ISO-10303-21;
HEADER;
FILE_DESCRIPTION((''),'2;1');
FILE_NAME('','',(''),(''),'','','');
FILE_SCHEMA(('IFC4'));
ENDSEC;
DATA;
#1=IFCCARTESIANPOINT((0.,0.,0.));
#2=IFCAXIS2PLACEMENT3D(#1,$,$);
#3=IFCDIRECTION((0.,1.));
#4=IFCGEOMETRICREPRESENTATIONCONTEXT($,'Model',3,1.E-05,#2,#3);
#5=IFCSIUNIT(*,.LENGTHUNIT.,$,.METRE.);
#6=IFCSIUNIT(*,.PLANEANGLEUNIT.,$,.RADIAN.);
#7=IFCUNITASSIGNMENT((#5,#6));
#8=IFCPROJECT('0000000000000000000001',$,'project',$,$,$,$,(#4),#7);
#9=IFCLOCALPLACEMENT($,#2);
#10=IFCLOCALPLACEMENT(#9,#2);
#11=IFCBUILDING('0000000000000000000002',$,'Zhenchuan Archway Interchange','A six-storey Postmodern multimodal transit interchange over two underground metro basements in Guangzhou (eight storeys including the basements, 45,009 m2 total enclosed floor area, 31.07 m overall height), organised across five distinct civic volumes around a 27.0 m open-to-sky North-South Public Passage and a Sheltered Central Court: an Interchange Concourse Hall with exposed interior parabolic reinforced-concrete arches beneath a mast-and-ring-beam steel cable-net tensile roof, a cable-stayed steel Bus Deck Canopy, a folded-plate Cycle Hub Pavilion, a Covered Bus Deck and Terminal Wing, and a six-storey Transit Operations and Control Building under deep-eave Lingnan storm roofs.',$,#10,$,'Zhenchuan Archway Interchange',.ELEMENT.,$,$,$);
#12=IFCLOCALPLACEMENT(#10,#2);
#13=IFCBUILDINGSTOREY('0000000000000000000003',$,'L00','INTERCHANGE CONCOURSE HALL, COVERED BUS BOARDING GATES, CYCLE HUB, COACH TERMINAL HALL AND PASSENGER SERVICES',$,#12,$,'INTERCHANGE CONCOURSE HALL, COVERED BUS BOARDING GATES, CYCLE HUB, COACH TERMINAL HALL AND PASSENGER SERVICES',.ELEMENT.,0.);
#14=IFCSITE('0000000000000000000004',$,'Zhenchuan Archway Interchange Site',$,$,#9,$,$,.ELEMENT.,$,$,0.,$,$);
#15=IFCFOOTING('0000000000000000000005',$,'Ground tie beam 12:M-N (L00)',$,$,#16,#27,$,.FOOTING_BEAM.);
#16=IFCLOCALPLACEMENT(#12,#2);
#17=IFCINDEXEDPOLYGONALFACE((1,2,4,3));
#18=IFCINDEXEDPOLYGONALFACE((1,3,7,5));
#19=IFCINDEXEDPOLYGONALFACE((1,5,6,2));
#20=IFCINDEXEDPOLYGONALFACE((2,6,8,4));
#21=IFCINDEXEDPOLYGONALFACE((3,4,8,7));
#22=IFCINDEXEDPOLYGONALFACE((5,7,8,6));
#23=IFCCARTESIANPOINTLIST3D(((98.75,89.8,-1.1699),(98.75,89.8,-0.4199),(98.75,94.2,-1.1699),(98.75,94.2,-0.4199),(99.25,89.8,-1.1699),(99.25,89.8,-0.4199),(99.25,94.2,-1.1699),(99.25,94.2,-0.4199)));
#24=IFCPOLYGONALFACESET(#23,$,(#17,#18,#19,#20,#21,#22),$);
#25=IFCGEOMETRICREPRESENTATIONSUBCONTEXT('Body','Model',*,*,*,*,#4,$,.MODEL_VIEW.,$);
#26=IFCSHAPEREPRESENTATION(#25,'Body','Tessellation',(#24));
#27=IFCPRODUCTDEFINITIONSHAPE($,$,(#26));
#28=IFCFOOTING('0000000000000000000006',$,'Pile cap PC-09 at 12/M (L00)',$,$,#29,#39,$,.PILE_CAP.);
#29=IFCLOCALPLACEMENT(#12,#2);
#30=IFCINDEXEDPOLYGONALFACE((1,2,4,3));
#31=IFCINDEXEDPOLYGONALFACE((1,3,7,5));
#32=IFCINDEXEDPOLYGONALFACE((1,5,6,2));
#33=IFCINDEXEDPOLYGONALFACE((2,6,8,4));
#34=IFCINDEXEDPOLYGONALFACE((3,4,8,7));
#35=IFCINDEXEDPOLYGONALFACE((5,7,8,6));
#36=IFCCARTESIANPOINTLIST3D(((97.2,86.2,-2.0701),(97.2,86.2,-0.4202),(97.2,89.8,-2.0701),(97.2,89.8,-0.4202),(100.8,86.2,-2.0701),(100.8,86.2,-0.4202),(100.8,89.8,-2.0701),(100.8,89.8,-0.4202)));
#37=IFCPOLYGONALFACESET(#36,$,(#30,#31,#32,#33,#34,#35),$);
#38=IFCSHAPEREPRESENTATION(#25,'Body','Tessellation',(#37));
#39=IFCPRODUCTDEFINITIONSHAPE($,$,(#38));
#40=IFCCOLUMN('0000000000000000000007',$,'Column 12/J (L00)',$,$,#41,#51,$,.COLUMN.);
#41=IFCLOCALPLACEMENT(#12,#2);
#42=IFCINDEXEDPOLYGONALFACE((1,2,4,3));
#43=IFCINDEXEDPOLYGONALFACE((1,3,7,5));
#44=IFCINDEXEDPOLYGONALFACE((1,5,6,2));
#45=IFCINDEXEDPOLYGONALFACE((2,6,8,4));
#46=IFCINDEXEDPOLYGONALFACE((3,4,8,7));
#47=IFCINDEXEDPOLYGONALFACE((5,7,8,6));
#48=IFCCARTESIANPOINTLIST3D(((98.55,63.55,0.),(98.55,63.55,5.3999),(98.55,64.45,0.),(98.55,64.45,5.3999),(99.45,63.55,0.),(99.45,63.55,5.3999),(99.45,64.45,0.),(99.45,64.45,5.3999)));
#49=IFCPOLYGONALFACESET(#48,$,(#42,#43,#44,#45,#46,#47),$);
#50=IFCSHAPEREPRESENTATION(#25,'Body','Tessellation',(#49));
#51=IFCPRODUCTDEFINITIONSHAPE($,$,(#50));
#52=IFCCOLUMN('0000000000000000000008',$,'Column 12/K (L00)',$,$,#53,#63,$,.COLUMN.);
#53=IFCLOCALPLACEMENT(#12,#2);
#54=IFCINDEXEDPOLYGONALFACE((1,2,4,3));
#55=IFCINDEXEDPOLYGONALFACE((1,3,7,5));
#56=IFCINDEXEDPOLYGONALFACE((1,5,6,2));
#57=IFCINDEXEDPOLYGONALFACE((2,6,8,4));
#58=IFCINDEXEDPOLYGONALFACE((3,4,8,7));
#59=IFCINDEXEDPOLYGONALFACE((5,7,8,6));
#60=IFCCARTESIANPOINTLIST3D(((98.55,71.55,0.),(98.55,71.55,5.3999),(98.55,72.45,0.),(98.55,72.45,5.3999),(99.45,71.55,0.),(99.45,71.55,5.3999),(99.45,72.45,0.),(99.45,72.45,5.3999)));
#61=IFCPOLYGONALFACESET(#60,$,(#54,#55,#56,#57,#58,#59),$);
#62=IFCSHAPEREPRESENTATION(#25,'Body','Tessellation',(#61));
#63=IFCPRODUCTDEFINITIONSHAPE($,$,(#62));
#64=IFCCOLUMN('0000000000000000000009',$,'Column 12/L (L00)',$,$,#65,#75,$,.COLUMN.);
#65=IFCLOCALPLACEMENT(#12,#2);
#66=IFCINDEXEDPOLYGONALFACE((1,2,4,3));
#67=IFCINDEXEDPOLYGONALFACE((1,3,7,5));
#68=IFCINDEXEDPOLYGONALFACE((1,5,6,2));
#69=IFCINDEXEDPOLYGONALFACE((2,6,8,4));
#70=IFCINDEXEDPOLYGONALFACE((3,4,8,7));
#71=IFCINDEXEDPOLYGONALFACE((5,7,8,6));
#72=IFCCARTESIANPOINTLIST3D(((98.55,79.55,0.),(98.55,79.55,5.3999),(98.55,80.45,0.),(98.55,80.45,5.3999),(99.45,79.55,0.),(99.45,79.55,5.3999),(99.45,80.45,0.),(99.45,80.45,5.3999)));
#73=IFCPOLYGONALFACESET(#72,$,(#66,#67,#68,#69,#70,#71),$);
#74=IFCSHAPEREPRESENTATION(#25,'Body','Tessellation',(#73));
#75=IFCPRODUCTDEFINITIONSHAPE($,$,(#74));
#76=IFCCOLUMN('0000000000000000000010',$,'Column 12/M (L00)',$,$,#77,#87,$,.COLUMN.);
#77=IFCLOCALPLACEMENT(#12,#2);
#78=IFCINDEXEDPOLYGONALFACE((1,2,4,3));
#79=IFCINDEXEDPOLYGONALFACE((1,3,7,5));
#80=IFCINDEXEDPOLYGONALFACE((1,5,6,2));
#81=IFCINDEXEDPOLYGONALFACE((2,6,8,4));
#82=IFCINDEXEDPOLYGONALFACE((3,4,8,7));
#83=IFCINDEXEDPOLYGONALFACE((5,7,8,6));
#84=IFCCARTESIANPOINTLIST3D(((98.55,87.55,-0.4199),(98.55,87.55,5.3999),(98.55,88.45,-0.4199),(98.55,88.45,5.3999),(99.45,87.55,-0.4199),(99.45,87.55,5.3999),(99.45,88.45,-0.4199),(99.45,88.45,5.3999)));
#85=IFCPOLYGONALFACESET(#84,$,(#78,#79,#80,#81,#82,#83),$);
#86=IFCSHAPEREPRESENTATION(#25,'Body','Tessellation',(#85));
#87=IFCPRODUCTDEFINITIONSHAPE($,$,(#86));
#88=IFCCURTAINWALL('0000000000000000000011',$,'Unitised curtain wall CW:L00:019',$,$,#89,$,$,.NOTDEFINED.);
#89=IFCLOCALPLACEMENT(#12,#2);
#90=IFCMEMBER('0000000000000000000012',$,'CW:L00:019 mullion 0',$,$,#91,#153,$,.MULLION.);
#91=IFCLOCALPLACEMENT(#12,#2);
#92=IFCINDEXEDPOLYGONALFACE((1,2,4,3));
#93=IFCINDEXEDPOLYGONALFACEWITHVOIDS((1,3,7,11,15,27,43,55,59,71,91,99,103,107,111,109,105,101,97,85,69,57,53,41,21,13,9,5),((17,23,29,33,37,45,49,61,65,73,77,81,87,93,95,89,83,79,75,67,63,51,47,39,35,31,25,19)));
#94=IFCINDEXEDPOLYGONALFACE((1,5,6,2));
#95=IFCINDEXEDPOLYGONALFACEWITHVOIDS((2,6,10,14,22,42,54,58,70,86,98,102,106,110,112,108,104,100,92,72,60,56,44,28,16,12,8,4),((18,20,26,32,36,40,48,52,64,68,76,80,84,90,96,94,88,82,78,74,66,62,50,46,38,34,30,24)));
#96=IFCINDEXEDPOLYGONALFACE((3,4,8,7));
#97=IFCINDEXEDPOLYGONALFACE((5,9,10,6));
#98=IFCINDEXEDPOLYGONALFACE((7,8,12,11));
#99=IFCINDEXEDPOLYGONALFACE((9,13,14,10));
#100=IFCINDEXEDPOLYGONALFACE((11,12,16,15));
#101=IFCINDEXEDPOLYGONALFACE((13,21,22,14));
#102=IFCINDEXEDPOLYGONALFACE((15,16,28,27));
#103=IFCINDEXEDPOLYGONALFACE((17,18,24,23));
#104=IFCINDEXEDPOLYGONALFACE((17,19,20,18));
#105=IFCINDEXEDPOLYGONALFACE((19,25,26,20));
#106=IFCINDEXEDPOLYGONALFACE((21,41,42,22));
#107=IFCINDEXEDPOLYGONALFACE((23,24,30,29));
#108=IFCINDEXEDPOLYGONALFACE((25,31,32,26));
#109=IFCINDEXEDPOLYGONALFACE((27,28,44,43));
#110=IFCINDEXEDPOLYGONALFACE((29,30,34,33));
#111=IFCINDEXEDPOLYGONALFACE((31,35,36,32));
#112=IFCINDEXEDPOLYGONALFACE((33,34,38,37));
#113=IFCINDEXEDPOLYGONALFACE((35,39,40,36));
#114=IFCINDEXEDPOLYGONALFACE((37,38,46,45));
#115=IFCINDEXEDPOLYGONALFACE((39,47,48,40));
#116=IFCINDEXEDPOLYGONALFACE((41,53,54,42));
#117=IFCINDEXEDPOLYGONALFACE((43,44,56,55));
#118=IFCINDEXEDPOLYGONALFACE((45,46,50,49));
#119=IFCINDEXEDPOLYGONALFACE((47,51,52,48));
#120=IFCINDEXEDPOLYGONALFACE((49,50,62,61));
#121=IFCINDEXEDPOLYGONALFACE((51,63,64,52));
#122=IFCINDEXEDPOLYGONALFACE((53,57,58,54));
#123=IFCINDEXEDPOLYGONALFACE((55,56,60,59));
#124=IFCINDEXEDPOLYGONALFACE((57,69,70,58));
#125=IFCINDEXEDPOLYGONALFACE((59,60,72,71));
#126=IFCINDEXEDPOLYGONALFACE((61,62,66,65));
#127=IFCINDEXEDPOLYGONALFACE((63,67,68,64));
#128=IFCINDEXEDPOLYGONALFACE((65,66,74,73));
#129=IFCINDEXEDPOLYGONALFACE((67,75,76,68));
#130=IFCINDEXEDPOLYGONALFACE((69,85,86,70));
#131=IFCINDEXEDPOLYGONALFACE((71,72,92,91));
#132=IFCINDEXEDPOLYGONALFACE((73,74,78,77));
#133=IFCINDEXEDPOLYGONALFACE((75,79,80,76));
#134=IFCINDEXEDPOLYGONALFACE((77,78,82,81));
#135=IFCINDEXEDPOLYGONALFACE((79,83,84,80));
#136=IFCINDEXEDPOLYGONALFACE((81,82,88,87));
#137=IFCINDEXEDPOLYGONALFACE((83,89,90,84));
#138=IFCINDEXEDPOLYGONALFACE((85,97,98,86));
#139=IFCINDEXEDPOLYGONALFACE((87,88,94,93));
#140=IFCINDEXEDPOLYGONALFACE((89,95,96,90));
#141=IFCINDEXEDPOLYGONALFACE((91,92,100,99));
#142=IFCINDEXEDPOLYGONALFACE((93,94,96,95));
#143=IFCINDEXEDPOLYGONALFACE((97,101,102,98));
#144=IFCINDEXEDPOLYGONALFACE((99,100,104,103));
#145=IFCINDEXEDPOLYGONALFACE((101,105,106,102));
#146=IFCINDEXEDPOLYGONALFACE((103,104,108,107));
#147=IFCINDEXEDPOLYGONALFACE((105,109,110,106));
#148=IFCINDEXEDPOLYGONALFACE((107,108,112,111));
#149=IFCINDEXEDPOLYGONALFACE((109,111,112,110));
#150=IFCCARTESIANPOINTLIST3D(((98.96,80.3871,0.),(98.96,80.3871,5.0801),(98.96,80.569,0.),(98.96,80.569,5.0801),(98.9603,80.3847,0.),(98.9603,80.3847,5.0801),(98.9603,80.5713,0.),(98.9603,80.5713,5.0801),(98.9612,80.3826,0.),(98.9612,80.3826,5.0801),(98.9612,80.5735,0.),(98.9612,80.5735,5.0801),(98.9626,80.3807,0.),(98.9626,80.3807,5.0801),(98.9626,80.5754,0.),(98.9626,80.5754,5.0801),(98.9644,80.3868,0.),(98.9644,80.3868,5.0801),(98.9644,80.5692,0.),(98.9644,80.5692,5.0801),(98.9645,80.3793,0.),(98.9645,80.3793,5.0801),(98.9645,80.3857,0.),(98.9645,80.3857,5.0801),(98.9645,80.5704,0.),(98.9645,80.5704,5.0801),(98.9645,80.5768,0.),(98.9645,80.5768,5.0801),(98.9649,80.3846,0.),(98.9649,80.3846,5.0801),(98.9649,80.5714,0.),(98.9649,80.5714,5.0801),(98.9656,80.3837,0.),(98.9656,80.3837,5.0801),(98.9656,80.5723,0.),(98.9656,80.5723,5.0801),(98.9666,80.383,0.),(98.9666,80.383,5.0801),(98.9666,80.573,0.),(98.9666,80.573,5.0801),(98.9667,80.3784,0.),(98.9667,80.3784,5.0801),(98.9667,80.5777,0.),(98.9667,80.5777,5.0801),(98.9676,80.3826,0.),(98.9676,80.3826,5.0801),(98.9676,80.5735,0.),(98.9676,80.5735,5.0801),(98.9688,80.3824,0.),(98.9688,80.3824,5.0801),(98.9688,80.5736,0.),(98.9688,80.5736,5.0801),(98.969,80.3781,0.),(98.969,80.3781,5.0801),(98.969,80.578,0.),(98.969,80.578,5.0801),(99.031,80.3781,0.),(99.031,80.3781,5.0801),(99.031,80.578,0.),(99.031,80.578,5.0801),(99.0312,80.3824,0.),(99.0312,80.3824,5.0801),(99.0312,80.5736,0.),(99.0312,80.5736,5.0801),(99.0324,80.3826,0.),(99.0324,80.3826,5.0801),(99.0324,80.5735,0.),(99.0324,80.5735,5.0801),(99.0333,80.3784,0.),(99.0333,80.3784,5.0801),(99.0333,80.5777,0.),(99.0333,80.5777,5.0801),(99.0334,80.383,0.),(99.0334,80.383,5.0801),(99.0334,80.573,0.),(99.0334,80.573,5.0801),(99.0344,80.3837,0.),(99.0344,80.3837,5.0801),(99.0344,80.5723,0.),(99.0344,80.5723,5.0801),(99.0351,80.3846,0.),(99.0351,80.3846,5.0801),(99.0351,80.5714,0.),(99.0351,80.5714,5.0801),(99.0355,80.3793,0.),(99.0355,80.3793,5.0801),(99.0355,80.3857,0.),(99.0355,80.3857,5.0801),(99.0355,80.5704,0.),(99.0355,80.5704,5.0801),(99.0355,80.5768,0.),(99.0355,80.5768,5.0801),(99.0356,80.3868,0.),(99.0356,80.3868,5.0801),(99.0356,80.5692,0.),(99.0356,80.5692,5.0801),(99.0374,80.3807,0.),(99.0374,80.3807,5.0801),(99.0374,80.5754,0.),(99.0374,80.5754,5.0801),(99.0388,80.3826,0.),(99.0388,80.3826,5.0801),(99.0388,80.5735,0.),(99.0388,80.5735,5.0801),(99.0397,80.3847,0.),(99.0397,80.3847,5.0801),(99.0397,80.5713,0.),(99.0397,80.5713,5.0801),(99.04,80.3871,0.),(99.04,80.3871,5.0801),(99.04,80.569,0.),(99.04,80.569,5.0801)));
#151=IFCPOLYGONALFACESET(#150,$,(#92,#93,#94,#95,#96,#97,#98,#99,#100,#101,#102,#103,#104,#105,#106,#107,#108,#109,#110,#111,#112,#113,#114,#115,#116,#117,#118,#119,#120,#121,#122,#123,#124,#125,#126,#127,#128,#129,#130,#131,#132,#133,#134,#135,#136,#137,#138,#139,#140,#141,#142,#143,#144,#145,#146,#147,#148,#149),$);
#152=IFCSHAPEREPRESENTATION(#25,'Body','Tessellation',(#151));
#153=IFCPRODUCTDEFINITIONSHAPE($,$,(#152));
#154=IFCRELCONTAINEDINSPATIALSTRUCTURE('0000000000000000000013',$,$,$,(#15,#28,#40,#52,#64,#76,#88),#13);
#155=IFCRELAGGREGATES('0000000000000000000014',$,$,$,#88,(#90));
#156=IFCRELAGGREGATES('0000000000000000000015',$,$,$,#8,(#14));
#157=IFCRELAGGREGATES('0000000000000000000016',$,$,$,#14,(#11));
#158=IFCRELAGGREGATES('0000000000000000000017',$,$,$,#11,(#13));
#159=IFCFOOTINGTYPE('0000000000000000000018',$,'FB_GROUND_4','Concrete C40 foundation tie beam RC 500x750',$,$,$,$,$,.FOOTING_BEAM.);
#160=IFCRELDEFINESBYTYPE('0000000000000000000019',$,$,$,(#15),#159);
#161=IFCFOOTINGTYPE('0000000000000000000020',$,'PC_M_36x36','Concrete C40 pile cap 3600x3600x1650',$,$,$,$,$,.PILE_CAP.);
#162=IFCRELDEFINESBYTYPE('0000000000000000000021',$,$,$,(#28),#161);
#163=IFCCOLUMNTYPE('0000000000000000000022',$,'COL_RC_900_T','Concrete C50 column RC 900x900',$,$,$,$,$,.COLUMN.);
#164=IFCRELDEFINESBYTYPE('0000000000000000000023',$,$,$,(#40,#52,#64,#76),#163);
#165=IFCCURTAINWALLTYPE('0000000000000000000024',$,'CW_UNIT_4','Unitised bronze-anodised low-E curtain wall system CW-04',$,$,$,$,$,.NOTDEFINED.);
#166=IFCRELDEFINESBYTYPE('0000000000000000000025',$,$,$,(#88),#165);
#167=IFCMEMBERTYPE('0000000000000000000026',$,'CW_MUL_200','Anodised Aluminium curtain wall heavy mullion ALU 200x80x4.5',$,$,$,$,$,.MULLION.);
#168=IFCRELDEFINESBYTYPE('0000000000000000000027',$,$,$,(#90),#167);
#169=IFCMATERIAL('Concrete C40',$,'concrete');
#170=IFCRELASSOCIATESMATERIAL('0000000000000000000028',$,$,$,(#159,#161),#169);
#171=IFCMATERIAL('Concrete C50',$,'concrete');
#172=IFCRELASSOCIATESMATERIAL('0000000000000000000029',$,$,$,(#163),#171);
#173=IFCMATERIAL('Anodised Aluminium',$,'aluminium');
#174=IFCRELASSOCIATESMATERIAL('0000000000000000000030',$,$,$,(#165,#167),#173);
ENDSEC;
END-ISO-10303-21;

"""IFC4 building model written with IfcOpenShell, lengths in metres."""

from ifc_helpers import new_model, si_unit, direction, frame, origin, origin_2d, place, context, subcontext, project, spatial, rectangle, hollow_rectangle, extrude, material, material_profile, profile_set, type_object, element, aggregate, save


model = new_model("IFC4")

# Units and contexts
model_context = context("Model", 3, precision=1e-05, world=origin(), true_north=direction((0.0, 1.0)))
body_context = subcontext(model_context, "Body", "Model", "MODEL_VIEW")
ifc_project = project(units=[si_unit("LENGTHUNIT", "METRE"), si_unit("PLANEANGLEUNIT", "RADIAN")], contexts=[model_context])

# Site, building, storey
site_placement = place(None, origin())
site = spatial("IfcSite", under=ifc_project, at=site_placement, Name="Zhenchuan Archway Interchange Site", CompositionType="ELEMENT", RefElevation=0.0)
building_placement = place(site_placement, origin())
building = spatial("IfcBuilding", under=site, at=building_placement, Name="Zhenchuan Archway Interchange", Description="A six-storey Postmodern multimodal transit interchange over two underground metro basements in Guangzhou (eight storeys including the basements, 45,009 m2 total enclosed floor area, 31.07 m overall height), organised across five distinct civic volumes around a 27.0 m open-to-sky North-South Public Passage and a Sheltered Central Court: an Interchange Concourse Hall with exposed interior parabolic reinforced-concrete arches beneath a mast-and-ring-beam steel cable-net tensile roof, a cable-stayed steel Bus Deck Canopy, a folded-plate Cycle Hub Pavilion, a Covered Bus Deck and Terminal Wing, and a six-storey Transit Operations and Control Building under deep-eave Lingnan storm roofs.", LongName="Zhenchuan Archway Interchange", CompositionType="ELEMENT")
storey_placement = place(building_placement, origin())
storey = spatial("IfcBuildingStorey", under=building, at=storey_placement, Name="L00", Description="INTERCHANGE CONCOURSE HALL, COVERED BUS BOARDING GATES, CYCLE HUB, COACH TERMINAL HALL AND PASSENGER SERVICES", LongName="INTERCHANGE CONCOURSE HALL, COVERED BUS BOARDING GATES, CYCLE HUB, COACH TERMINAL HALL AND PASSENGER SERVICES", CompositionType="ELEMENT", Elevation=0.0)

# Footings
ifc_material_1 = material(Name="Concrete C40", Category="concrete")
ifc_material_profile_1 = material_profile(ifc_material_1, rectangle(XDim=0.5, YDim=0.75, at=origin_2d()), Name="RC 500x750")
ifc_profile_set_1 = profile_set([ifc_material_profile_1], Name="Concrete C40")
footing_type_1 = type_object("IfcFootingType", Name="FB_GROUND_4", Description="Concrete C40 foundation tie beam RC 500x750", PredefinedType="FOOTING_BEAM", material=ifc_profile_set_1)
footing_1_placement = place(storey_placement, frame((99.0, 89.8, -0.7949), z_axis=(0.0, 1.0, 0.0), x_axis=(-1.0, 0.0, 0.0)))
element("IfcFooting", 1, at=footing_1_placement, inside=storey, type_object=footing_type_1, Name="Ground tie beam 12:M-N (L00)", PredefinedType="FOOTING_BEAM", context=body_context, shape_type="SweptSolid", body=[
    extrude(rectangle(XDim=0.5, YDim=0.75, at=origin_2d()), origin(), (0.0, 0.0, 1.0), 4.3999),
])
footing_type_2 = type_object("IfcFootingType", Name="PC_M_36x36", Description="Concrete C40 pile cap 3600x3600x1650", PredefinedType="PILE_CAP", material=ifc_material_1)
footing_2_placement = place(storey_placement, frame((99.0, 88.0, -2.0701), z_axis=(0.0, 0.0, 1.0), x_axis=(1.0, 0.0, 0.0)))
element("IfcFooting", 2, at=footing_2_placement, inside=storey, type_object=footing_type_2, Name="Pile cap PC-09 at 12/M (L00)", PredefinedType="PILE_CAP", context=body_context, shape_type="SweptSolid", body=[
    extrude(rectangle(XDim=3.6001, YDim=3.6001, at=origin_2d()), origin(), (0.0, 0.0, 1.0), 1.6499),
])

# Columns
ifc_material_2 = material(Name="Concrete C50", Category="concrete")
ifc_material_profile_2 = material_profile(ifc_material_2, rectangle(XDim=0.8999, YDim=0.8999, at=origin_2d()), Name="RC 900x900")
ifc_profile_set_2 = profile_set([ifc_material_profile_2], Name="Concrete C50")
column_type = type_object("IfcColumnType", Name="COL_RC_900_T", Description="Concrete C50 column RC 900x900", PredefinedType="COLUMN", material=ifc_profile_set_2)
for number, where, z_axis, x_axis, name in (
    (3, (99.0, 64.0, 0.0), (0.0, 0.0, 1.0), (1.0, 0.0, 0.0), "Column 12/J (L00)"),
    (4, (99.0, 72.0, 0.0), (0.0, 0.0, 1.0), (1.0, 0.0, 0.0), "Column 12/K (L00)"),
    (5, (99.0, 80.0, 0.0), (0.0, 0.0, 1.0), (1.0, 0.0, 0.0), "Column 12/L (L00)"),
):
    element("IfcColumn", number, at=place(storey_placement, frame(where, z_axis=z_axis, x_axis=x_axis)), inside=storey, type_object=column_type, Name=name, PredefinedType="COLUMN", context=body_context, shape_type="SweptSolid", body=[
        extrude(rectangle(XDim=0.8999, YDim=0.8999, at=origin_2d()), origin(), (0.0, 0.0, 1.0), 5.3999),
    ])
column_placement = place(storey_placement, frame((99.0, 88.0, -0.4199), z_axis=(0.0, 0.0, 1.0), x_axis=(1.0, 0.0, 0.0)))
element("IfcColumn", 6, at=column_placement, inside=storey, type_object=column_type, Name="Column 12/M (L00)", PredefinedType="COLUMN", context=body_context, shape_type="SweptSolid", body=[
    extrude(rectangle(XDim=0.8999, YDim=0.8999, at=origin_2d()), origin(), (0.0, 0.0, 1.0), 5.8198),
])

# Curtain wall, member
ifc_material_3 = material(Name="Anodised Aluminium", Category="aluminium")
curtain_wall_type = type_object("IfcCurtainWallType", Name="CW_UNIT_4", Description="Unitised bronze-anodised low-E curtain wall system CW-04", PredefinedType="NOTDEFINED", material=ifc_material_3)
curtain_wall_placement = place(storey_placement, origin())
curtain_wall = element("IfcCurtainWall", 7, at=curtain_wall_placement, inside=storey, type_object=curtain_wall_type, Name="Unitised curtain wall CW:L00:019", PredefinedType="NOTDEFINED")
ifc_material_profile_3 = material_profile(ifc_material_3, hollow_rectangle(XDim=0.0801, YDim=0.2, WallThickness=0.0044, InnerFilletRadius=0.0044, OuterFilletRadius=0.009, at=origin_2d()), Name="ALU 200x80x4.5")
ifc_profile_set_3 = profile_set([ifc_material_profile_3], Name="Anodised Aluminium")
member_type_1 = type_object("IfcMemberType", Name="CW_MUL_200", Description="Anodised Aluminium curtain wall heavy mullion ALU 200x80x4.5", PredefinedType="MULLION", material=ifc_profile_set_3)
member_1_placement = place(storey_placement, frame((99.0, 80.478, 0.0), z_axis=(0.0, 0.0, 1.0), x_axis=(1.0, 0.0, 0.0)))
member_1 = element("IfcMember", 8, at=member_1_placement, type_object=member_type_1, Name="CW:L00:019 mullion 0", PredefinedType="MULLION", context=body_context, shape_type="SweptSolid", body=[
    extrude(hollow_rectangle(XDim=0.0801, YDim=0.2, WallThickness=0.0044, InnerFilletRadius=0.0044, OuterFilletRadius=0.009, at=origin_2d()), origin(), (0.0, 0.0, 1.0), 5.0801),
])

aggregate(curtain_wall, [member_1])

save(model, "model.ifc")
